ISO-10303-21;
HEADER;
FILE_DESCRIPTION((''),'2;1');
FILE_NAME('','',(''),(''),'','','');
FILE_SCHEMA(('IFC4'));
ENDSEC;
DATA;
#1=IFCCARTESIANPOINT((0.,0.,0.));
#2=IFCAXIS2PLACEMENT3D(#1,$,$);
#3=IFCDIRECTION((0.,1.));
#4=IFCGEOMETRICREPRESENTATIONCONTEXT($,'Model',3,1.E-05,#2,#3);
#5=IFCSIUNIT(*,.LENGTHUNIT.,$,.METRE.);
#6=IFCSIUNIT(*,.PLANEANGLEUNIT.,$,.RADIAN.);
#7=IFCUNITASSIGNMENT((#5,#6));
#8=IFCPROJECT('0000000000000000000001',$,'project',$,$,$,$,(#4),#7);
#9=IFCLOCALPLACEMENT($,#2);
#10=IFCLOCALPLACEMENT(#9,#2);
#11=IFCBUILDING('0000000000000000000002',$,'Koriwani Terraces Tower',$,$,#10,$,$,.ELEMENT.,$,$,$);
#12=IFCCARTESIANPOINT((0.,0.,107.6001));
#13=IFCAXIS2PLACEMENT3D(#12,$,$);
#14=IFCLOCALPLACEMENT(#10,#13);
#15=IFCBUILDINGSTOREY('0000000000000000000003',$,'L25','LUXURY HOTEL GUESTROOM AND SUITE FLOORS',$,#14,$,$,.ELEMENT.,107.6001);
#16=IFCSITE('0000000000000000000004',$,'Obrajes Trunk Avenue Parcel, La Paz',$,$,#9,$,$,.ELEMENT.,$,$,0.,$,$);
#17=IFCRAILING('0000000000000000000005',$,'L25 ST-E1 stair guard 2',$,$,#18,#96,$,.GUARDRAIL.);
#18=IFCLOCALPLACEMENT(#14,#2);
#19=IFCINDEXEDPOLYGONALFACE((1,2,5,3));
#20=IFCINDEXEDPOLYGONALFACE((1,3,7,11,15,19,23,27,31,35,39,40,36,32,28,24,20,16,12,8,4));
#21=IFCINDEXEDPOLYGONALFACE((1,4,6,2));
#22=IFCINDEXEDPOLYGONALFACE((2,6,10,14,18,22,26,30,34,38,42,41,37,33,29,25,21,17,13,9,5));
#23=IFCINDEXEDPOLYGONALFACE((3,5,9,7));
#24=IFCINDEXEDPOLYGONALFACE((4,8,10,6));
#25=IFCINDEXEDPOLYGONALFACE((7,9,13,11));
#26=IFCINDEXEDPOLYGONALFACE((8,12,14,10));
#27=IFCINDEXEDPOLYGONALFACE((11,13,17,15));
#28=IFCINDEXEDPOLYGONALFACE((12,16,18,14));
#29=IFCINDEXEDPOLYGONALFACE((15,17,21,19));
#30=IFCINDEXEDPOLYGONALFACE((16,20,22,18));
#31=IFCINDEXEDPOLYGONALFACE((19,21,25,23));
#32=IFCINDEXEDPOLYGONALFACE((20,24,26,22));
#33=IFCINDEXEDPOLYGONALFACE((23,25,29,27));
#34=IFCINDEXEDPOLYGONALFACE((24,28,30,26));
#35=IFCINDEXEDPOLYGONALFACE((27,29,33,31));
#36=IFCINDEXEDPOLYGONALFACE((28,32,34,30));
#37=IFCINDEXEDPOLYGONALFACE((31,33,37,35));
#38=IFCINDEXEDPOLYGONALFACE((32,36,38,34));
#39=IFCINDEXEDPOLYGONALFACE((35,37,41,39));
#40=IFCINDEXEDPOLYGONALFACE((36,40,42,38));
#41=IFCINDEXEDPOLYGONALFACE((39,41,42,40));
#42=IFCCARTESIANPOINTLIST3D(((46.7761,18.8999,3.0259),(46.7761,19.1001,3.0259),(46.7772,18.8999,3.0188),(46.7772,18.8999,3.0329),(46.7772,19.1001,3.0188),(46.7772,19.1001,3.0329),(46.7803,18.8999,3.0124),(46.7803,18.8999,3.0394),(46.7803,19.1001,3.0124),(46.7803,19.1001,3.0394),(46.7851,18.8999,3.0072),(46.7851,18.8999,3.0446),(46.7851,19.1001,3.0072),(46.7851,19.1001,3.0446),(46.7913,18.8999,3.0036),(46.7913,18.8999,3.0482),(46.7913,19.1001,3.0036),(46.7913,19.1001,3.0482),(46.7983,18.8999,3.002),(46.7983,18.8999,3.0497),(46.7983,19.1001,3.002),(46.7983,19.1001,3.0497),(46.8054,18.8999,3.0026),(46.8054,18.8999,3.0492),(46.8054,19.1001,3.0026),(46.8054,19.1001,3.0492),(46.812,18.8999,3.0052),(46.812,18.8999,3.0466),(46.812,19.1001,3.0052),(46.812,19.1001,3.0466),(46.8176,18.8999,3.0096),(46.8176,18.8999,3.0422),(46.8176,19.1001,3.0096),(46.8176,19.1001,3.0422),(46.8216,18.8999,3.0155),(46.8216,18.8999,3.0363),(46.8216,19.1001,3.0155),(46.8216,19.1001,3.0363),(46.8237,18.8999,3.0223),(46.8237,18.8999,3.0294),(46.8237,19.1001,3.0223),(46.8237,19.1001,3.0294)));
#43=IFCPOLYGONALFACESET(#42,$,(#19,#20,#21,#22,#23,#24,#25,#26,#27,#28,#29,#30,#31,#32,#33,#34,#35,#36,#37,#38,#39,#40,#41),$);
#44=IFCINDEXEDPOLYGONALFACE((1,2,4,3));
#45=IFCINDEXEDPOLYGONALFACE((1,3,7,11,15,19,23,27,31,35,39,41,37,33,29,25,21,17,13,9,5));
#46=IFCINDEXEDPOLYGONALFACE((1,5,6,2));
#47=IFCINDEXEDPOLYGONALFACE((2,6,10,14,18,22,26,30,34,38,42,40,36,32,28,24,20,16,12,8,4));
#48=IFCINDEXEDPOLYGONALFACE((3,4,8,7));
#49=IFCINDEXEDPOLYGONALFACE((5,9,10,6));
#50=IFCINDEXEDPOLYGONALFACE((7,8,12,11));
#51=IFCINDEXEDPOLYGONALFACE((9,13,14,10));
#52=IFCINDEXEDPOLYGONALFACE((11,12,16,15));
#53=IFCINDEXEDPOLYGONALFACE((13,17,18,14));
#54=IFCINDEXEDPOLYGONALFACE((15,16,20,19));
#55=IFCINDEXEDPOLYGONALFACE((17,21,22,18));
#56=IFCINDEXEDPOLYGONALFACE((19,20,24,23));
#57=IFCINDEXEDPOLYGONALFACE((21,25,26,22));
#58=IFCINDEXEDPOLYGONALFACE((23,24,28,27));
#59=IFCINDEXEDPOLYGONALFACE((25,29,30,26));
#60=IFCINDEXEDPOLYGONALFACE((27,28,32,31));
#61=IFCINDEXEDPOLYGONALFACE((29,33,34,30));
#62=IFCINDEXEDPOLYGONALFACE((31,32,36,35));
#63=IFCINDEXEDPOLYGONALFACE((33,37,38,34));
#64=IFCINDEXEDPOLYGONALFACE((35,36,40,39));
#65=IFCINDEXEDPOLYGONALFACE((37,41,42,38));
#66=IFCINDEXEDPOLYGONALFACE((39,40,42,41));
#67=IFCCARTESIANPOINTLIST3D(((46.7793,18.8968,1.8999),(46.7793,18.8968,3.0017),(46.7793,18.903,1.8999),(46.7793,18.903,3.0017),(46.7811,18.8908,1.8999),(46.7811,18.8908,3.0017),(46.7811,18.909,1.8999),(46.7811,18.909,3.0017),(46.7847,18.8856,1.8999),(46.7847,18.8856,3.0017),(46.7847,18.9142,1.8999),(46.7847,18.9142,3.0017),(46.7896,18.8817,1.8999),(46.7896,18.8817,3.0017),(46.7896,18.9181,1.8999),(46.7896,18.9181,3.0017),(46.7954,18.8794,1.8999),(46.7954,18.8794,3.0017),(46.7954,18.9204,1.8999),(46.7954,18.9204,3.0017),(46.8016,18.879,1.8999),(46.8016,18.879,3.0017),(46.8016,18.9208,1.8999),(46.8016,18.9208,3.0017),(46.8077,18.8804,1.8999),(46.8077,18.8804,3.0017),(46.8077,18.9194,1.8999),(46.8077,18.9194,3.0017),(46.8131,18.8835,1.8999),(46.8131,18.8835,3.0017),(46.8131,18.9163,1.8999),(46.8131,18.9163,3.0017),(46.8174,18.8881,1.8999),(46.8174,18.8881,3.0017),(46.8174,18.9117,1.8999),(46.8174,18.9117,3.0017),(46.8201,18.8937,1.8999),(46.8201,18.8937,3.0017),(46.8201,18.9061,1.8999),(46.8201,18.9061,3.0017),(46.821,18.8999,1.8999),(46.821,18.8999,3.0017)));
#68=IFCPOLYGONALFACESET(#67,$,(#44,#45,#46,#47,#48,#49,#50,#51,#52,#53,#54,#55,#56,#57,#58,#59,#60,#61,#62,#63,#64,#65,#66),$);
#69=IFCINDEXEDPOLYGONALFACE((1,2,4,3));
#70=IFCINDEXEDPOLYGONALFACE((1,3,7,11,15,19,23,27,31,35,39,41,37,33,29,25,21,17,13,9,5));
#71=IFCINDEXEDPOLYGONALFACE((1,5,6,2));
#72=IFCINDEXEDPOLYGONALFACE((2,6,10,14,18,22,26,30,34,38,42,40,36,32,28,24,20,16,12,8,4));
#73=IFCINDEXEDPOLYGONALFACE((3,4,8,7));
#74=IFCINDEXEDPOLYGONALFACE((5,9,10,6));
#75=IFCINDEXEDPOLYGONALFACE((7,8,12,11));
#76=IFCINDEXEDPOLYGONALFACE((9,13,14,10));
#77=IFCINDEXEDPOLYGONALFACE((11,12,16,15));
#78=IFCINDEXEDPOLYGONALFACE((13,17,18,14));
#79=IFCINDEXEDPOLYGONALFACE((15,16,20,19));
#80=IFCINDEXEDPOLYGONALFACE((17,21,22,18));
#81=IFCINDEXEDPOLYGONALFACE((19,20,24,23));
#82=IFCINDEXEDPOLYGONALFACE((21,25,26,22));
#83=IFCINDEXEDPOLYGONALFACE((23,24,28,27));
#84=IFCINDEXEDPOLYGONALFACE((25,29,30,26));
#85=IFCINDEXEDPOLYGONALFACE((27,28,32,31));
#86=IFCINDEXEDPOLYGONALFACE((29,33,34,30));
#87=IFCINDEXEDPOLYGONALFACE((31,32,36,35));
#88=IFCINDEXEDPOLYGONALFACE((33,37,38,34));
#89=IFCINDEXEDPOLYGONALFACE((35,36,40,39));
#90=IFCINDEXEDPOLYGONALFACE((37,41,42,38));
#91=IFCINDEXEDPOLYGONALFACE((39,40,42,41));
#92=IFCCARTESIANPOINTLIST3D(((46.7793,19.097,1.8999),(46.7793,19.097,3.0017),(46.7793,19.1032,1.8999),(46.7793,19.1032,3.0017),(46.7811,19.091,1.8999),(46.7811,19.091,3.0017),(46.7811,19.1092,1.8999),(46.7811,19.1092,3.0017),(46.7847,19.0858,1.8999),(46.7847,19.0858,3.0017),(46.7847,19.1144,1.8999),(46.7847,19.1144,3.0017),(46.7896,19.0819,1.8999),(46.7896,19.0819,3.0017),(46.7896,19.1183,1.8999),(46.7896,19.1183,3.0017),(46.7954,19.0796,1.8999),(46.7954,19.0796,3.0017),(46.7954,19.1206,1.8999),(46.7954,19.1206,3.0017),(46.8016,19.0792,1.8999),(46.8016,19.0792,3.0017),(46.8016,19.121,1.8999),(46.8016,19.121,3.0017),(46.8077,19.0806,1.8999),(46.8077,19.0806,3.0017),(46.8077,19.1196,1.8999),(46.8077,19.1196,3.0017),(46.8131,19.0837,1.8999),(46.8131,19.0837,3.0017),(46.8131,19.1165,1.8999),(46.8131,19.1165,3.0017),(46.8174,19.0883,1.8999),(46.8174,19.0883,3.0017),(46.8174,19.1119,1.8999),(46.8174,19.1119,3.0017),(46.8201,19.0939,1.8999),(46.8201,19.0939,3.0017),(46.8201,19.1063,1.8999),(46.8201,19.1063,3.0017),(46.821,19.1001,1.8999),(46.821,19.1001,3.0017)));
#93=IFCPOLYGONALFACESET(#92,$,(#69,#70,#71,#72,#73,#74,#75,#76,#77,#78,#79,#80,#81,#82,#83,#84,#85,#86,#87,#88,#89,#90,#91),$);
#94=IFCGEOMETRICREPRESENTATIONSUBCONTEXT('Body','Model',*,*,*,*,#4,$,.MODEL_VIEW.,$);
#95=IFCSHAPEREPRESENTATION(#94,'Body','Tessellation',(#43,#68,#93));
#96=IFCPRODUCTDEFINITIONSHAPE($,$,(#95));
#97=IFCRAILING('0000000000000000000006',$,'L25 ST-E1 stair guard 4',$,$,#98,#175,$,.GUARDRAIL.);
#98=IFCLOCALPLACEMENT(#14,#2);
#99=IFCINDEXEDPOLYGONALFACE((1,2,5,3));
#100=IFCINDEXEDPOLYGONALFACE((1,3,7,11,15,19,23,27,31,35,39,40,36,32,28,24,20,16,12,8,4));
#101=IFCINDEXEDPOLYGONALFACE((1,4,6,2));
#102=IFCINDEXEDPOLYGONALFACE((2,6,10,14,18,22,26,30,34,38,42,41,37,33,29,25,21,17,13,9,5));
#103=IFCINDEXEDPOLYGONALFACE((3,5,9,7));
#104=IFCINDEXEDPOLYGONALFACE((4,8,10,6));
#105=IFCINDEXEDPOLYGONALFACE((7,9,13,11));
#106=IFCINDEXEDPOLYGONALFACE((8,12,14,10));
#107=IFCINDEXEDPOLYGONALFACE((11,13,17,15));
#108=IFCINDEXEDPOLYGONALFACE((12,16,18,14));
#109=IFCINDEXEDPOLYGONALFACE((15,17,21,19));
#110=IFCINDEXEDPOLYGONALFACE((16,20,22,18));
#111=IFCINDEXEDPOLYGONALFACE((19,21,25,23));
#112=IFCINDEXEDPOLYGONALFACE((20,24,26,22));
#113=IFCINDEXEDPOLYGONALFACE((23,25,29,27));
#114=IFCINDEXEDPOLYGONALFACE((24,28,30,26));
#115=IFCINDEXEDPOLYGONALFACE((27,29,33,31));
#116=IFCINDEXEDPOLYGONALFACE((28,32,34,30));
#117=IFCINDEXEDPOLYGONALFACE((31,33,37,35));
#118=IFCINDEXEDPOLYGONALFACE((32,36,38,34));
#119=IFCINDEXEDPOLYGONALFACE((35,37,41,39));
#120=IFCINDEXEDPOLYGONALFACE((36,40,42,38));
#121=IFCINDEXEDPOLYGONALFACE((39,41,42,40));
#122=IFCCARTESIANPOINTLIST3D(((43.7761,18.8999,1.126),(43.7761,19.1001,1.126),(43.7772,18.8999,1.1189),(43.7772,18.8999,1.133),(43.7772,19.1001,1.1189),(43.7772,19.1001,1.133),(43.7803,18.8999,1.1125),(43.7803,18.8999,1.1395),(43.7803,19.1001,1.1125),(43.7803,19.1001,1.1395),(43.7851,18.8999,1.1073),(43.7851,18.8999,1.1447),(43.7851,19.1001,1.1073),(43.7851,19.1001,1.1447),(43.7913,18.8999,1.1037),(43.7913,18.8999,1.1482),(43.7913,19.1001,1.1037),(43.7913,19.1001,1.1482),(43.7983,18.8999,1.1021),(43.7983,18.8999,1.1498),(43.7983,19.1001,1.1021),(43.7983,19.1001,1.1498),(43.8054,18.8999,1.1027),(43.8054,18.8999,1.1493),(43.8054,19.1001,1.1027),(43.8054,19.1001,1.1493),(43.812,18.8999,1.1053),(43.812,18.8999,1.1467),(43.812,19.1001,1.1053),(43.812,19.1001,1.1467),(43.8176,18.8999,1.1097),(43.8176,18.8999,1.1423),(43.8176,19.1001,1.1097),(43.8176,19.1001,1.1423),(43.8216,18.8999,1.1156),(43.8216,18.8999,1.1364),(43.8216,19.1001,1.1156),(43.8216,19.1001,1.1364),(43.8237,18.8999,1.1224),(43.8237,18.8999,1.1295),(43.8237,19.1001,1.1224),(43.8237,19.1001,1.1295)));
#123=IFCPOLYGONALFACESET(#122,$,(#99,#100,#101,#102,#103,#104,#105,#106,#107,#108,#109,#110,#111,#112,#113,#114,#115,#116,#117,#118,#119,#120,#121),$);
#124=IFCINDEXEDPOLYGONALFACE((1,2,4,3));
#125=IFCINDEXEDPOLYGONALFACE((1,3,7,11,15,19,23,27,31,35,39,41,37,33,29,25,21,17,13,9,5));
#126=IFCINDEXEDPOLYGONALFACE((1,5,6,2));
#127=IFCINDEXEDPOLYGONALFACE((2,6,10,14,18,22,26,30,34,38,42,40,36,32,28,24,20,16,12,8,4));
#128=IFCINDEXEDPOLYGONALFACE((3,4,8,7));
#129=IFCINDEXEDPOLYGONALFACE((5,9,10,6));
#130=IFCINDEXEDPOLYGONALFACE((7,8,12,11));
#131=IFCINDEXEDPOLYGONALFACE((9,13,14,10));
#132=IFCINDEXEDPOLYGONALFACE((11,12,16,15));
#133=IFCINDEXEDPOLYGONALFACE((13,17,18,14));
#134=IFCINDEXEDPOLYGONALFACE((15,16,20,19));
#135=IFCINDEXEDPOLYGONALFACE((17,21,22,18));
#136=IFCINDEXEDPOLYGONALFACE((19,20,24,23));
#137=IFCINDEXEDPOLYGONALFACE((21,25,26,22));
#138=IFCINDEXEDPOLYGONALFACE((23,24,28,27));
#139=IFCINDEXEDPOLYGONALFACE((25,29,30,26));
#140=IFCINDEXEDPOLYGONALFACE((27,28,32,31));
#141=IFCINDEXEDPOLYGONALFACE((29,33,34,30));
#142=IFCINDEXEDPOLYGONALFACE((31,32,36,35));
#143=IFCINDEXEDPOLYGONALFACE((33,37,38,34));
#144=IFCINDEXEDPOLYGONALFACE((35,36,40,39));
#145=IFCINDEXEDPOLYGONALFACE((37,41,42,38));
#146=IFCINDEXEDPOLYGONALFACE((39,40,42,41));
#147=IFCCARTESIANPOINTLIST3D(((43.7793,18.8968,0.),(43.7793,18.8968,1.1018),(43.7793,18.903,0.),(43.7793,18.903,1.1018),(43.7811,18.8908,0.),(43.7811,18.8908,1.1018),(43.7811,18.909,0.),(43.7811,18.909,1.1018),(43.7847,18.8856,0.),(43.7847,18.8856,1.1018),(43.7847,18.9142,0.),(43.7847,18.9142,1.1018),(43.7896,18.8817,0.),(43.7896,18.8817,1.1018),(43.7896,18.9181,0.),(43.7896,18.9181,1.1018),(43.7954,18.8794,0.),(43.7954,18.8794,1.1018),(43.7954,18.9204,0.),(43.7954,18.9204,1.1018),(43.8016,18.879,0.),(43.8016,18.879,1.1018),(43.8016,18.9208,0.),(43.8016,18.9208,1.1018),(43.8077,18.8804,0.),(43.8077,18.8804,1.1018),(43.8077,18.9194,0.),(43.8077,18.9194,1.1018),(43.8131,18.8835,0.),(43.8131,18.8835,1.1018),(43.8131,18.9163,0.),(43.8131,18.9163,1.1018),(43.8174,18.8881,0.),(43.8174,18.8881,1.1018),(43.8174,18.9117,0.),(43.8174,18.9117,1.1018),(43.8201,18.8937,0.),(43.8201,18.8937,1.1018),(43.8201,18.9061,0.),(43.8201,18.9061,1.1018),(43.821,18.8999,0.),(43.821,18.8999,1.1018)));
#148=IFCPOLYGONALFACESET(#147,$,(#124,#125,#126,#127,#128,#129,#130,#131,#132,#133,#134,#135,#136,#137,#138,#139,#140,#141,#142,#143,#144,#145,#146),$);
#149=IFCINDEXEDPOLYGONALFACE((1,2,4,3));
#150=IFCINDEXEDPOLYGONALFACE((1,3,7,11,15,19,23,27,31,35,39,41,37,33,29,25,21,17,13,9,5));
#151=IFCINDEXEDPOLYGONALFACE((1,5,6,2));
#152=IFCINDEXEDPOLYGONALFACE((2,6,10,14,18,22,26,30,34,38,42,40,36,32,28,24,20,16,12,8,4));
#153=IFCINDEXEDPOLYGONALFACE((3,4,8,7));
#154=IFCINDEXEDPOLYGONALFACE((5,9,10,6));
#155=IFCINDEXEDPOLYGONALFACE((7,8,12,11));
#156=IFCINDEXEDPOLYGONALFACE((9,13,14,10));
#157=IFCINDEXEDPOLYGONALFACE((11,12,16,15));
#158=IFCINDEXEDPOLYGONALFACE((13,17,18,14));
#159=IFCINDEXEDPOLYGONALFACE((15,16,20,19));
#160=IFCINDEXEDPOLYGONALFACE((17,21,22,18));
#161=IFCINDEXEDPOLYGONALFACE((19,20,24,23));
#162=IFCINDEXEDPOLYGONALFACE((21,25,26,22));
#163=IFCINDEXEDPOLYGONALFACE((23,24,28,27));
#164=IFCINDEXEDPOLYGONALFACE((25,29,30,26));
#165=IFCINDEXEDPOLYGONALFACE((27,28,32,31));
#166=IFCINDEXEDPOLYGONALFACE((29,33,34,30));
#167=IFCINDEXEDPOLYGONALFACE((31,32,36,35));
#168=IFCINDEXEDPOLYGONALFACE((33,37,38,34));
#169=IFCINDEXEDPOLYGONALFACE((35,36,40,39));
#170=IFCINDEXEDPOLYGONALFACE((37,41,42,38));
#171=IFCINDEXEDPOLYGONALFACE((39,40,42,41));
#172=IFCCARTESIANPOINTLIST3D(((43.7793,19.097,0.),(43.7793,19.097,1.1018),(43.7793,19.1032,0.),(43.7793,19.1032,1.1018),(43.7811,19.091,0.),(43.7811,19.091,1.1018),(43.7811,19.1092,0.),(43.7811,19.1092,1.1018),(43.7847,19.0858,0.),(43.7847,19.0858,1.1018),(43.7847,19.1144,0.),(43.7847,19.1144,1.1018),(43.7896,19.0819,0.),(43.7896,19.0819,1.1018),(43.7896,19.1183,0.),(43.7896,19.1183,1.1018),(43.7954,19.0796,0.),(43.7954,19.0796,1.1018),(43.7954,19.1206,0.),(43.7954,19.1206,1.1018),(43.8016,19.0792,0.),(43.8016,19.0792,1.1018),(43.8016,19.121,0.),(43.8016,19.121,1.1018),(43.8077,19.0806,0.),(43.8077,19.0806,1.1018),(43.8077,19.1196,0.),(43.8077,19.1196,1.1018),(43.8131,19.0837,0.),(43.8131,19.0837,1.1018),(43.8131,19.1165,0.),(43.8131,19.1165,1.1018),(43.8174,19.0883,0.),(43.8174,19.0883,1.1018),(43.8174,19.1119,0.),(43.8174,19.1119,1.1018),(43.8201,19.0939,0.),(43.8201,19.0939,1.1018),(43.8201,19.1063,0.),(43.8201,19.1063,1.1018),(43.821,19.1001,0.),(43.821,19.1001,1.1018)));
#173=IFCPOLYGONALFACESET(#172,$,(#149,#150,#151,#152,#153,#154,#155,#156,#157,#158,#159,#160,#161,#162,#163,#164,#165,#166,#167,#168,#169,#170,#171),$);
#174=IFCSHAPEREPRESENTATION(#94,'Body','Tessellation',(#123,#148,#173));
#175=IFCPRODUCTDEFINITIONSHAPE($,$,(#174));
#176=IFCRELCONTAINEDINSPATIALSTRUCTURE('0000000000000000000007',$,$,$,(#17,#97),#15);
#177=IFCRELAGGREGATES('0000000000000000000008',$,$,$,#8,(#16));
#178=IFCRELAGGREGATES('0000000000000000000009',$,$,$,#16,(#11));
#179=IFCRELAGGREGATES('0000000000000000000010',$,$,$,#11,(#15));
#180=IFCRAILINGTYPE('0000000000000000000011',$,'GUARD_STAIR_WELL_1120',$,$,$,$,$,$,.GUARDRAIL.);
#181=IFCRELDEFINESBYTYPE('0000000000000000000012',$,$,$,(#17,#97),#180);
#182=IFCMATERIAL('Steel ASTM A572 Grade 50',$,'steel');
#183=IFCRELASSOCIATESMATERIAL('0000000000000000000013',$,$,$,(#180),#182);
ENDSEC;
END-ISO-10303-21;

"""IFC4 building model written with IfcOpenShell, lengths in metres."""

from ifc_helpers import new_model, si_unit, direction, frame, origin, origin_2d, place, context, subcontext, project, spatial, circle, extrude, material, type_object, element, save


model = new_model("IFC4")

# Units and contexts
model_context = context("Model", 3, precision=1e-05, world=origin(), true_north=direction((0.0, 1.0)))
body_context = subcontext(model_context, "Body", "Model", "MODEL_VIEW")
ifc_project = project(units=[si_unit("LENGTHUNIT", "METRE"), si_unit("PLANEANGLEUNIT", "RADIAN")], contexts=[model_context])

# Site, building, storey
site_placement = place(None, origin())
site = spatial("IfcSite", under=ifc_project, at=site_placement, Name="Obrajes Trunk Avenue Parcel, La Paz", CompositionType="ELEMENT", RefElevation=0.0)
building_placement = place(site_placement, origin())
building = spatial("IfcBuilding", under=site, at=building_placement, Name="Koriwani Terraces Tower", CompositionType="ELEMENT")
storey_placement = place(building_placement, frame((0.0, 0.0, 107.6001)))
storey = spatial("IfcBuildingStorey", under=building, at=storey_placement, Name="L25", Description="LUXURY HOTEL GUESTROOM AND SUITE FLOORS", CompositionType="ELEMENT", Elevation=107.6001)

# Shared definitions
ifc_material_1 = material(Name="Steel ASTM A572 Grade 50", Category="steel")

# Railings
railing_type_1 = type_object("IfcRailingType", Name="GUARD_STAIR_WELL_1120", PredefinedType="GUARDRAIL", material=ifc_material_1)
for number, where, name in (
    (1, (46.8, 18.8999, 1.8999), "L25 ST-E1 stair guard 2"),
    (2, (43.8, 18.8999, 0.0), "L25 ST-E1 stair guard 4"),
):
    element("IfcRailing", number, at=place(storey_placement, frame(where)), inside=storey, type_object=railing_type_1, Name=name, PredefinedType="GUARDRAIL", context=body_context, shape_type="SweptSolid", body=[
        extrude(circle(Radius=0.0239, at=origin_2d()), frame((0.0, 0.0, 1.126), z_axis=(0.0, 1.0, 0.0), x_axis=(-1.0, 0.0, 0.0)), (0.0, 0.0, 1.0), 0.2002),
        extrude(circle(Radius=0.021, at=origin_2d()), origin(), (0.0, 0.0, 1.0), 1.1018),
        extrude(circle(Radius=0.021, at=origin_2d()), frame((0.0, 0.2002, 0.0)), (0.0, 0.0, 1.0), 1.1018),
    ])

save(model, "model.ifc")
